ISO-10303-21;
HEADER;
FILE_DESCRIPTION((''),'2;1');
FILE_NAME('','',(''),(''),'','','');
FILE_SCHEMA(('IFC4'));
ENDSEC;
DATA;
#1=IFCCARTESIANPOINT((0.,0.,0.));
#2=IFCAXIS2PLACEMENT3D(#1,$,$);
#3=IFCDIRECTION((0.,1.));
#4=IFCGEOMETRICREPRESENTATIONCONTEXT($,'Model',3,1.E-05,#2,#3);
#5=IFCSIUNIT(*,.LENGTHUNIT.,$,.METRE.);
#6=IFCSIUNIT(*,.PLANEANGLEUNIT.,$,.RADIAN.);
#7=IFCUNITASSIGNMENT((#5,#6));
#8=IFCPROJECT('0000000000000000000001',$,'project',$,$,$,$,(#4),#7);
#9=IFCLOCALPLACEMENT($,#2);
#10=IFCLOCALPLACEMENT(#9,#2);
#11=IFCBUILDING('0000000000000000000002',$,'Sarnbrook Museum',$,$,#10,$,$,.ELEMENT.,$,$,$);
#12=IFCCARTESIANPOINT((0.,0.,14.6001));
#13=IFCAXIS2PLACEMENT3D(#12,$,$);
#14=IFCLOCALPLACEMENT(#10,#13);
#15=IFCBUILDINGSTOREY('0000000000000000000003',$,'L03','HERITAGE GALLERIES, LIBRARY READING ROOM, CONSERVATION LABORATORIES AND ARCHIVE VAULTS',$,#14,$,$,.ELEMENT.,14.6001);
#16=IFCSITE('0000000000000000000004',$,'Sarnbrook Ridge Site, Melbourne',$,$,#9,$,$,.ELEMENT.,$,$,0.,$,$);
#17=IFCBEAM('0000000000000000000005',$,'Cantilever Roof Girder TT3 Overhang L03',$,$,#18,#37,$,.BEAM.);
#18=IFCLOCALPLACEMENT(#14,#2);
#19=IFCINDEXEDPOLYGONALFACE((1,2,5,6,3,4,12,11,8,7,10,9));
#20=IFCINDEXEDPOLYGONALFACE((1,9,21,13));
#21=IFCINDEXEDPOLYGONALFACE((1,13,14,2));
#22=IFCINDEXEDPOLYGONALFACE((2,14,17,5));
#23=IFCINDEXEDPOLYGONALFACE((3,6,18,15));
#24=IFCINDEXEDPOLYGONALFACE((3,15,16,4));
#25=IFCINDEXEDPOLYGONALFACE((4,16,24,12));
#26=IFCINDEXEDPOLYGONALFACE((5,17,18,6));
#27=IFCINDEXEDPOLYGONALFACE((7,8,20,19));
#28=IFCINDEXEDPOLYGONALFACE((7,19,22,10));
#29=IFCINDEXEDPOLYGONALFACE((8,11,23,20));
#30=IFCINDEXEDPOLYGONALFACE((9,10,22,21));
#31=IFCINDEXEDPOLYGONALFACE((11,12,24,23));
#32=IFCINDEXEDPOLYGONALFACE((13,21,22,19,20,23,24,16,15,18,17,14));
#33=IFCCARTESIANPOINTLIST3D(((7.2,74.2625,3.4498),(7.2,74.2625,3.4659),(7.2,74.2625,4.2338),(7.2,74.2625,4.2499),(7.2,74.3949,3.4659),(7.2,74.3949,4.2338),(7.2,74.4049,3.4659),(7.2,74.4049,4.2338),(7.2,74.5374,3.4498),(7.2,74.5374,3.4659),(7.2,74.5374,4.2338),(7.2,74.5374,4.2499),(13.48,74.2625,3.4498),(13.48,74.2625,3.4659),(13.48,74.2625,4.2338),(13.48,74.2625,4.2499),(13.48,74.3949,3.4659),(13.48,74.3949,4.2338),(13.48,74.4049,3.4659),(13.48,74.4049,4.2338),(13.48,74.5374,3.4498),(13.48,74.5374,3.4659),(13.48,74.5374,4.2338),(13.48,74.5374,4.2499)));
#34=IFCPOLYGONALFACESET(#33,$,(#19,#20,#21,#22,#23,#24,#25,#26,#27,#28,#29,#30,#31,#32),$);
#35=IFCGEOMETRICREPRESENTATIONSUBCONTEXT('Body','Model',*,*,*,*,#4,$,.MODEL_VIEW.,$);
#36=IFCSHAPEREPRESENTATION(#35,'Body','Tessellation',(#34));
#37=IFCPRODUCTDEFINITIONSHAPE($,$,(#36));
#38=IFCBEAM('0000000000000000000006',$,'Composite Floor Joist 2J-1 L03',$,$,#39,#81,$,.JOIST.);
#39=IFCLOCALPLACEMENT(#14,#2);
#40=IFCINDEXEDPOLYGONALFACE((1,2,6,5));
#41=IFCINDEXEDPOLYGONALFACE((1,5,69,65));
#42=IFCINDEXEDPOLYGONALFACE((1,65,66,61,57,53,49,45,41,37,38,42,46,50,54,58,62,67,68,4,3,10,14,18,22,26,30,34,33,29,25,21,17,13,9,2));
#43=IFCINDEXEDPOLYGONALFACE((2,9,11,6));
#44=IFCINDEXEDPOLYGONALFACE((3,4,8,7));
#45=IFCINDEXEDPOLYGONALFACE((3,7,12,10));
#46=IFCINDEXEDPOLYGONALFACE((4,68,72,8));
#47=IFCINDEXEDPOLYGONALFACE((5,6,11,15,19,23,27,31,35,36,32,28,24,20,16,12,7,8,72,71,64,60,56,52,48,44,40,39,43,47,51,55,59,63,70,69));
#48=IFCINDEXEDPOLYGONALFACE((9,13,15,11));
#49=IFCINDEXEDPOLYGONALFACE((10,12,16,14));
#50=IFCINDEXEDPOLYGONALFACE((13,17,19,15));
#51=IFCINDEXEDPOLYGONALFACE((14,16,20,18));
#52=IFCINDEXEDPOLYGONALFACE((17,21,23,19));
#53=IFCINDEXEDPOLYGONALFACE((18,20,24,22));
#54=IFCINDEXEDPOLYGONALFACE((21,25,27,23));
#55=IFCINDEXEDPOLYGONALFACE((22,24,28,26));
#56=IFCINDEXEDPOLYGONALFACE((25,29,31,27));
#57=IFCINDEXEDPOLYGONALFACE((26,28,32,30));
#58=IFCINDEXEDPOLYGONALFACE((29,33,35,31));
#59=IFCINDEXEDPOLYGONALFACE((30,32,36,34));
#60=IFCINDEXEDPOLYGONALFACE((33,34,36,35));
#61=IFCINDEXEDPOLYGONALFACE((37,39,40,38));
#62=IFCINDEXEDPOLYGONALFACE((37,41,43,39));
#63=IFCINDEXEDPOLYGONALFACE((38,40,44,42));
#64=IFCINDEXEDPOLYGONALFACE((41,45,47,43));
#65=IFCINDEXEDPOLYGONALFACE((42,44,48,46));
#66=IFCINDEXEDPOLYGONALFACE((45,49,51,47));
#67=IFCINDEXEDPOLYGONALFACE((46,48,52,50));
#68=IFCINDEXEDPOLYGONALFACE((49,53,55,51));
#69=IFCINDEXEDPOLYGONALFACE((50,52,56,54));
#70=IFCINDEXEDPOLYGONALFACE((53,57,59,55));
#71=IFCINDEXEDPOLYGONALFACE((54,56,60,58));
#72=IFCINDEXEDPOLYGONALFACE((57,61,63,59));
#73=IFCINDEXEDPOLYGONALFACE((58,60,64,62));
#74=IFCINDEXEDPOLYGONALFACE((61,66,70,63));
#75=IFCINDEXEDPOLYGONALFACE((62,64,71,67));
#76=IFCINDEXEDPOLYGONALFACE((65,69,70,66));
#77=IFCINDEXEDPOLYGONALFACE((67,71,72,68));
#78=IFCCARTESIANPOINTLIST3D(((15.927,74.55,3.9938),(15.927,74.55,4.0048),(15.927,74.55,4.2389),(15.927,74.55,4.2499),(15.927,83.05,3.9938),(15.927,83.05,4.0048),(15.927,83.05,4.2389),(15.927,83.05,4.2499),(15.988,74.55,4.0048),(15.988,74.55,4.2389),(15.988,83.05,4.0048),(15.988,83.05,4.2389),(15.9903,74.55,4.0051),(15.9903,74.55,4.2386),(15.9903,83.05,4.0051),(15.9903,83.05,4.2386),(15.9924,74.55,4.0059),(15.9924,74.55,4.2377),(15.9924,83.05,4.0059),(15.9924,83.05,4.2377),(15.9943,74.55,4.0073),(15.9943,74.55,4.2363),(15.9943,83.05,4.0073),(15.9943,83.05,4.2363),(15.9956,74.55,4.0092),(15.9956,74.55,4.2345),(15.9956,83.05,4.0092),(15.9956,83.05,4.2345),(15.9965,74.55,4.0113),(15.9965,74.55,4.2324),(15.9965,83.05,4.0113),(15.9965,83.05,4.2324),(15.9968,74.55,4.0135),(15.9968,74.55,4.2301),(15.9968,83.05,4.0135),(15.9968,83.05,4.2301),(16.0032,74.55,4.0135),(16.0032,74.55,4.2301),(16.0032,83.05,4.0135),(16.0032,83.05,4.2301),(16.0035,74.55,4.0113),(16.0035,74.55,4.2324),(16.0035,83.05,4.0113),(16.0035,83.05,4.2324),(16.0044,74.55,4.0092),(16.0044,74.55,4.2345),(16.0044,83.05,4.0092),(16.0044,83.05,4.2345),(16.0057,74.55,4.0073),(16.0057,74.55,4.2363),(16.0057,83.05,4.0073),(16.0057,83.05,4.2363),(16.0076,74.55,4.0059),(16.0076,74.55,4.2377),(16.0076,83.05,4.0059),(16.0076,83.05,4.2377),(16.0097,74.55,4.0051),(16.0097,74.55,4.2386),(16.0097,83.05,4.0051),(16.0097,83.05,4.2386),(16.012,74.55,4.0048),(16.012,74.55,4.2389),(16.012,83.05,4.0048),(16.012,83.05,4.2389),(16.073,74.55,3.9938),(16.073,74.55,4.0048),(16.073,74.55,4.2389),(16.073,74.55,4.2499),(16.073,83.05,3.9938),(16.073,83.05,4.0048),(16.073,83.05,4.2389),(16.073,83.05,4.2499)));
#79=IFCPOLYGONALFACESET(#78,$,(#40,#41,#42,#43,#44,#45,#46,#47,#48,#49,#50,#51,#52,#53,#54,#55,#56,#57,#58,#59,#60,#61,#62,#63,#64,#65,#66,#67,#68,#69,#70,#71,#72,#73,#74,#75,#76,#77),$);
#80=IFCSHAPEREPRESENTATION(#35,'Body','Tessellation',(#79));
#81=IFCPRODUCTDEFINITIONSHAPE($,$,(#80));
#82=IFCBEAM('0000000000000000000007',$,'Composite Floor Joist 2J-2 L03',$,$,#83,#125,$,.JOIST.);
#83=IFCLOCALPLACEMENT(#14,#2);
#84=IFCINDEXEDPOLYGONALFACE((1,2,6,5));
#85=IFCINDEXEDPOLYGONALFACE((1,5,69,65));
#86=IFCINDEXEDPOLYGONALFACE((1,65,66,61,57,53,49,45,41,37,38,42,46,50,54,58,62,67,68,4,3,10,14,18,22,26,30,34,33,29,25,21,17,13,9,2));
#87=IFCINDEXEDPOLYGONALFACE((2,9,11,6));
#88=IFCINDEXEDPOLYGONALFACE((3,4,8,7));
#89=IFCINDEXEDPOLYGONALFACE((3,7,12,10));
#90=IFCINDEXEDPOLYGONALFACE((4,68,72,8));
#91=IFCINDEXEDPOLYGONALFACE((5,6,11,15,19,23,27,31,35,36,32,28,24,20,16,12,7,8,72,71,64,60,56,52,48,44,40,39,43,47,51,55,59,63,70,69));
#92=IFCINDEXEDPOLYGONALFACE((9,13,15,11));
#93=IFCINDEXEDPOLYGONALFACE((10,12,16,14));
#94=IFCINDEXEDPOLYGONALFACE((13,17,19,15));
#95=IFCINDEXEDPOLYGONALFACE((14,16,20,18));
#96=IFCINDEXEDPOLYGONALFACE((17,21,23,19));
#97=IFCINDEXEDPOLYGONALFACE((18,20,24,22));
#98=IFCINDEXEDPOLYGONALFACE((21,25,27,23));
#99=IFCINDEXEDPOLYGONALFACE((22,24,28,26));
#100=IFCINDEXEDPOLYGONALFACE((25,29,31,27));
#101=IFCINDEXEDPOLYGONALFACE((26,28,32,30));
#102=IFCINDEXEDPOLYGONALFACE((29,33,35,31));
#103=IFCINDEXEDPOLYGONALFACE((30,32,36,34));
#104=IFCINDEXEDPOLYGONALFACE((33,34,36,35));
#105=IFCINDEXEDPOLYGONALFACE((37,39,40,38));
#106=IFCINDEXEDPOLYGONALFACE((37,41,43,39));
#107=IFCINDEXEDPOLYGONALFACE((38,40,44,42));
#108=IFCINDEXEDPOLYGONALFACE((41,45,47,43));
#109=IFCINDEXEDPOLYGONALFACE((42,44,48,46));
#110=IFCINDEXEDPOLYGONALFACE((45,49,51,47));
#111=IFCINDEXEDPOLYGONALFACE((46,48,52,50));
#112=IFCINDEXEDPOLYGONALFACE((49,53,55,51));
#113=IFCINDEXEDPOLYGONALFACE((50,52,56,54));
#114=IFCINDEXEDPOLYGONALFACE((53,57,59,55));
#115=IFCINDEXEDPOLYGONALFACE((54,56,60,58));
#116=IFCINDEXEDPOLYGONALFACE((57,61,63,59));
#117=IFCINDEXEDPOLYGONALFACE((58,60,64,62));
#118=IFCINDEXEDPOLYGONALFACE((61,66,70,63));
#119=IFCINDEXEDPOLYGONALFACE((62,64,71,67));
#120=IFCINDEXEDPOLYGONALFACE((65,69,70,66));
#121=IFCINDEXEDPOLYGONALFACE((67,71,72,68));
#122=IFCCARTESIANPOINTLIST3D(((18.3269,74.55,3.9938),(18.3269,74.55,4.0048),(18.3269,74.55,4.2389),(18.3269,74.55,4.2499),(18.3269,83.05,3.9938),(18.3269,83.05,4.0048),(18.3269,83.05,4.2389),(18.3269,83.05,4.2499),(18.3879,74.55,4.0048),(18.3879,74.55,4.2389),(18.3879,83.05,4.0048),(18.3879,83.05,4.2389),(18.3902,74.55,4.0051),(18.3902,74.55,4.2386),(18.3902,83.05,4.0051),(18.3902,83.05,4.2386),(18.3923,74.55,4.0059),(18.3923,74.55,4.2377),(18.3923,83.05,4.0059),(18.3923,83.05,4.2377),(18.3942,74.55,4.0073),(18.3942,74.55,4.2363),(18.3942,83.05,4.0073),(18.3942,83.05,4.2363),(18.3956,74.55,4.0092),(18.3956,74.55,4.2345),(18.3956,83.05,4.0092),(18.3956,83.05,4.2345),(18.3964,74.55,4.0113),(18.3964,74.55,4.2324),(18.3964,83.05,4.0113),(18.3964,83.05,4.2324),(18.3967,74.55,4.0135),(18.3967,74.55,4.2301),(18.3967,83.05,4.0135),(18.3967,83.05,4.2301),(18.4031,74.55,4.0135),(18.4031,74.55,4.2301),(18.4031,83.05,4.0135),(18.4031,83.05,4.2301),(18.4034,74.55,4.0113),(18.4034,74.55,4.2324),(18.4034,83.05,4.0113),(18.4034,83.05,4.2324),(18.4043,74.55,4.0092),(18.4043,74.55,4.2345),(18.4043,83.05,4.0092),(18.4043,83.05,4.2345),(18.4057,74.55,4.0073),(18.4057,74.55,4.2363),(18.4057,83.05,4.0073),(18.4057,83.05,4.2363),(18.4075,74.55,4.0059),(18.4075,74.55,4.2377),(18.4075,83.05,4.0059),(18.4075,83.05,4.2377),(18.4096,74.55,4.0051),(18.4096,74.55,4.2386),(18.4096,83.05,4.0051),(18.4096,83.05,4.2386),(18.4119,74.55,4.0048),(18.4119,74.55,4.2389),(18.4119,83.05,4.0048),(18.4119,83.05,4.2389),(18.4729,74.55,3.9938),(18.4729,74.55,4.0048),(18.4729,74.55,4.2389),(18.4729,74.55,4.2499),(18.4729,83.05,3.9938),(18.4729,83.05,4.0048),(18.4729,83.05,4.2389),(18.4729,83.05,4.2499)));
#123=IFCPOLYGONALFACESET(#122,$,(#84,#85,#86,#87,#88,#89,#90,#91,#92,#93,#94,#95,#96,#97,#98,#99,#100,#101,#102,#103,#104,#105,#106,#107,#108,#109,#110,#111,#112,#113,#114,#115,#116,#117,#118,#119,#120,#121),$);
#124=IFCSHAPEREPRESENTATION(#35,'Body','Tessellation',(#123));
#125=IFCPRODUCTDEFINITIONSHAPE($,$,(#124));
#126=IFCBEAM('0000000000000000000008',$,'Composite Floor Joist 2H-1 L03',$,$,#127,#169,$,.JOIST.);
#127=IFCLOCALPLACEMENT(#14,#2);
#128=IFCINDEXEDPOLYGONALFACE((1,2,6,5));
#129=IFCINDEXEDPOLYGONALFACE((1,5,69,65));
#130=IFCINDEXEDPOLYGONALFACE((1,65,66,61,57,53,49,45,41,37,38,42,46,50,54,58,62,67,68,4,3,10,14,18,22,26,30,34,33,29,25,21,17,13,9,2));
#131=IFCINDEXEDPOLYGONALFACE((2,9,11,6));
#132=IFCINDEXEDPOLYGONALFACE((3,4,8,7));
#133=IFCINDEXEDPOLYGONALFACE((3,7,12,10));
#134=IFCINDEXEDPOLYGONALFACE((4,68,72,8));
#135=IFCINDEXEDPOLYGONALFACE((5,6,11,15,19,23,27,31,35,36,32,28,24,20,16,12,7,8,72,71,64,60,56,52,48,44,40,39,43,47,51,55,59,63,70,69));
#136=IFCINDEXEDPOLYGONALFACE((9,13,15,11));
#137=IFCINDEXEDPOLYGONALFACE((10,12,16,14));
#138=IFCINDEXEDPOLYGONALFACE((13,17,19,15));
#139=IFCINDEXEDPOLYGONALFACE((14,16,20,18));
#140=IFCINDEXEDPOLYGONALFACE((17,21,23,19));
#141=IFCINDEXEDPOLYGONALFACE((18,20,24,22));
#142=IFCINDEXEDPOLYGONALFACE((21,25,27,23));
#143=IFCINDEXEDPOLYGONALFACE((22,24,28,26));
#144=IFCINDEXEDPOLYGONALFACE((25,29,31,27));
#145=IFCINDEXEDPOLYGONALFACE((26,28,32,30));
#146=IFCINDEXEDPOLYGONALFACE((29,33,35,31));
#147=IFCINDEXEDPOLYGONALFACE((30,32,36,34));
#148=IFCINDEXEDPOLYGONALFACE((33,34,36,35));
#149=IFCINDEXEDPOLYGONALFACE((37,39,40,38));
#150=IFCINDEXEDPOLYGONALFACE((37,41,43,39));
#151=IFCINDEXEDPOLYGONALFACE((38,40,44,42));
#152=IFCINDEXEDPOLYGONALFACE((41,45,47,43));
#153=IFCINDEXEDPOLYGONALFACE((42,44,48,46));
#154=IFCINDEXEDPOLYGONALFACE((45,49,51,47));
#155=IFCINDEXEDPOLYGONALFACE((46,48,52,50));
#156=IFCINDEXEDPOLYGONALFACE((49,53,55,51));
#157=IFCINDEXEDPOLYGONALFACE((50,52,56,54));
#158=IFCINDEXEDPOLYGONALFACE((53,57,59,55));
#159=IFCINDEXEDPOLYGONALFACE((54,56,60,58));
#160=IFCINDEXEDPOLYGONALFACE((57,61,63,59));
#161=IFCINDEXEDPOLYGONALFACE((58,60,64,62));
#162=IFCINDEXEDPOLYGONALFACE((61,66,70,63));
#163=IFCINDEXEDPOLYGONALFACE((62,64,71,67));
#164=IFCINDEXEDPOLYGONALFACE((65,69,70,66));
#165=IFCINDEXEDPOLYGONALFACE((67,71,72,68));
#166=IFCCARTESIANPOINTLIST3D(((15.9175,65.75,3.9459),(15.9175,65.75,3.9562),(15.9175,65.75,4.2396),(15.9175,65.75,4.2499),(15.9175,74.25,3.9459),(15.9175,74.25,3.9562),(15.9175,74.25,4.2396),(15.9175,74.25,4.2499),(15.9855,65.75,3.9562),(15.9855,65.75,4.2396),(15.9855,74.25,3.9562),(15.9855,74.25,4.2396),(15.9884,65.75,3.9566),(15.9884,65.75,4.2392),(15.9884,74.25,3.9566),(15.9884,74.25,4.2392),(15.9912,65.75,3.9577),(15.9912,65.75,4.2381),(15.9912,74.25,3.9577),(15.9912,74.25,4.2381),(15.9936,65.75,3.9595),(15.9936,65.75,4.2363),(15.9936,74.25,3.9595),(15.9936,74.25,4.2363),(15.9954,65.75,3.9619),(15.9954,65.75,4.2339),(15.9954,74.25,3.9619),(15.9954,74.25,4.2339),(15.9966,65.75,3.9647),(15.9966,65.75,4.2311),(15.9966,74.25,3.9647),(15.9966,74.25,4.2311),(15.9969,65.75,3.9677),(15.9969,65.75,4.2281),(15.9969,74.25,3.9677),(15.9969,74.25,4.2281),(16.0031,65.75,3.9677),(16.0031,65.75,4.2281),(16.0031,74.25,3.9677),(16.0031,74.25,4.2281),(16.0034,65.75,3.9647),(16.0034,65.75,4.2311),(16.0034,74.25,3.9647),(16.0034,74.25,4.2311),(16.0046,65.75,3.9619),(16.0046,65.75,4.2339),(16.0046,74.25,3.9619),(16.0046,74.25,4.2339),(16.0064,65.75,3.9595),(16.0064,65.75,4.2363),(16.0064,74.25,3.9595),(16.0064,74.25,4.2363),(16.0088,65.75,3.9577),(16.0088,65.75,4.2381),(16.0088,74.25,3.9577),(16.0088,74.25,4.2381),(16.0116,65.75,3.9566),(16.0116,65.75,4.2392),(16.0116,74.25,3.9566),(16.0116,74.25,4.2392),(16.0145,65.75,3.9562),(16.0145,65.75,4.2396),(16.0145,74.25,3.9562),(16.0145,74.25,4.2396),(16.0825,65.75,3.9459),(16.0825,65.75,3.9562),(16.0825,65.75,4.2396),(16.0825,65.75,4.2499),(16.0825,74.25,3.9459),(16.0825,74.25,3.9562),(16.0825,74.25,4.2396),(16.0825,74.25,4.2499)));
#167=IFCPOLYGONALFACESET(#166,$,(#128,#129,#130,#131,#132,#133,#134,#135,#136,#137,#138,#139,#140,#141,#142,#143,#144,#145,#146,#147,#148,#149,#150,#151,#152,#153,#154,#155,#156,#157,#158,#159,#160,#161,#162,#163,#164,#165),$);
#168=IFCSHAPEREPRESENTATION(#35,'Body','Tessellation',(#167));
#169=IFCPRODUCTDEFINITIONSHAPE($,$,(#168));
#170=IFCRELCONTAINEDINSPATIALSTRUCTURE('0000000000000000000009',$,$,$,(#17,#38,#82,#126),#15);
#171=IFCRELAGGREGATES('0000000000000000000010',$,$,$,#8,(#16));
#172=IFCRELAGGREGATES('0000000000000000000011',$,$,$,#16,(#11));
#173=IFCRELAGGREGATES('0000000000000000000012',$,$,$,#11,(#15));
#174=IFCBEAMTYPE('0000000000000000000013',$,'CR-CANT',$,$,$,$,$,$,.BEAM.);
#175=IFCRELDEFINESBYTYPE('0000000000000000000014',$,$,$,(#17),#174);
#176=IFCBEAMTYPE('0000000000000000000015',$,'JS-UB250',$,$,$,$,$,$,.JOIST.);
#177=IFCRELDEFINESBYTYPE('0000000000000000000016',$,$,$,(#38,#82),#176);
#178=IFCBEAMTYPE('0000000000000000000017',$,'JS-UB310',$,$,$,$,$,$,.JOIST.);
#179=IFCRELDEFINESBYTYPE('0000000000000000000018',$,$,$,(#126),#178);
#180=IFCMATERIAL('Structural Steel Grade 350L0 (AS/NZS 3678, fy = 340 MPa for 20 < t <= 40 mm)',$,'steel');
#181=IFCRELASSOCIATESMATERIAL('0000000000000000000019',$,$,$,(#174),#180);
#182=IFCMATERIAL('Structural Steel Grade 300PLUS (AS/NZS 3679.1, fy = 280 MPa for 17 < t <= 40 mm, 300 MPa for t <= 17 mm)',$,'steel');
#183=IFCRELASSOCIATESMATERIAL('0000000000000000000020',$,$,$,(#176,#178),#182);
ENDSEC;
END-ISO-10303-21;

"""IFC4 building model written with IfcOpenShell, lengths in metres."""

from ifc_helpers import new_model, si_unit, direction, frame, origin, origin_2d, place, context, subcontext, project, spatial, i_section, extrude, material, material_profile, profile_set, type_object, element, save


model = new_model("IFC4")

# Units and contexts
model_context = context("Model", 3, precision=1e-05, world=origin(), true_north=direction((0.0, 1.0)))
body_context = subcontext(model_context, "Body", "Model", "MODEL_VIEW")
ifc_project = project(units=[si_unit("LENGTHUNIT", "METRE"), si_unit("PLANEANGLEUNIT", "RADIAN")], contexts=[model_context])

# Site, building, storey
site_placement = place(None, origin())
site = spatial("IfcSite", under=ifc_project, at=site_placement, Name="Sarnbrook Ridge Site, Melbourne", CompositionType="ELEMENT", RefElevation=0.0)
building_placement = place(site_placement, origin())
building = spatial("IfcBuilding", under=site, at=building_placement, Name="Sarnbrook Museum", CompositionType="ELEMENT")
storey_placement = place(building_placement, frame((0.0, 0.0, 14.6001)))
storey = spatial("IfcBuildingStorey", under=building, at=storey_placement, Name="L03", Description="HERITAGE GALLERIES, LIBRARY READING ROOM, CONSERVATION LABORATORIES AND ARCHIVE VAULTS", CompositionType="ELEMENT", Elevation=14.6001)

# Shared definitions
ifc_material_1 = material(Name="Structural Steel Grade 300PLUS (AS/NZS 3679.1, fy = 280 MPa for 17 < t <= 40 mm, 300 MPa for t <= 17 mm)", Category="steel")

# Beams
ifc_material_2 = material(Name="Structural Steel Grade 350L0 (AS/NZS 3678, fy = 340 MPa for 20 < t <= 40 mm)", Category="steel")
ifc_material_profile_1 = material_profile(ifc_material_2, i_section(OverallWidth=0.2749, OverallDepth=0.8, WebThickness=0.01, FlangeThickness=0.0161, at=origin_2d()), Name="800WB146")
ifc_profile_set_1 = profile_set([ifc_material_profile_1], Name="Structural Steel Grade 350L0 (AS/NZS 3678, fy = 340 MPa for 20 < t <= 40 mm)")
beam_type_1 = type_object("IfcBeamType", Name="CR-CANT", PredefinedType="BEAM", material=ifc_profile_set_1)
beam_1_placement = place(storey_placement, frame((13.48, 74.3999, 3.8499), z_axis=(-1.0, 0.0, 0.0), x_axis=(0.0, -1.0, 0.0)))
element("IfcBeam", 1, at=beam_1_placement, inside=storey, type_object=beam_type_1, Name="Cantilever Roof Girder TT3 Overhang L03", PredefinedType="BEAM", context=body_context, shape_type="SweptSolid", body=[
    extrude(i_section(OverallWidth=0.2749, OverallDepth=0.8, WebThickness=0.01, FlangeThickness=0.0161, at=origin_2d()), origin(), (0.0, 0.0, 1.0), 6.28),
])
ifc_material_profile_2 = material_profile(ifc_material_1, i_section(OverallWidth=0.146, OverallDepth=0.2561, WebThickness=0.0063, FlangeThickness=0.011, FilletRadius=0.0088, at=origin_2d()), Name="250UB37.3")
ifc_profile_set_2 = profile_set([ifc_material_profile_2], Name="Structural Steel Grade 300PLUS (AS/NZS 3679.1, fy = 280 MPa for 17 < t <= 40 mm, 300 MPa for t <= 17 mm)")
beam_type_2 = type_object("IfcBeamType", Name="JS-UB250", PredefinedType="JOIST", material=ifc_profile_set_2)
for number, where, z_axis, x_axis, name in (
    (2, (16.0, 74.55, 4.1218), (0.0, 1.0, 0.0), (-1.0, 0.0, 0.0), "Composite Floor Joist 2J-1 L03"),
    (3, (18.3999, 74.55, 4.1218), (0.0, 1.0, 0.0), (-1.0, 0.0, 0.0), "Composite Floor Joist 2J-2 L03"),
):
    element("IfcBeam", number, at=place(storey_placement, frame(where, z_axis=z_axis, x_axis=x_axis)), inside=storey, type_object=beam_type_2, Name=name, PredefinedType="JOIST", context=body_context, shape_type="SweptSolid", body=[
        extrude(i_section(OverallWidth=0.146, OverallDepth=0.2561, WebThickness=0.0063, FlangeThickness=0.011, FilletRadius=0.0088, at=origin_2d()), origin(), (0.0, 0.0, 1.0), 8.5),
    ])
ifc_material_profile_3 = material_profile(ifc_material_1, i_section(OverallWidth=0.165, OverallDepth=0.304, WebThickness=0.0061, FlangeThickness=0.0103, FilletRadius=0.0115, at=origin_2d()), Name="310UB40.4")
ifc_profile_set_3 = profile_set([ifc_material_profile_3], Name="Structural Steel Grade 300PLUS (AS/NZS 3679.1, fy = 280 MPa for 17 < t <= 40 mm, 300 MPa for t <= 17 mm)")
beam_type_3 = type_object("IfcBeamType", Name="JS-UB310", PredefinedType="JOIST", material=ifc_profile_set_3)
for number, where, z_axis, x_axis, name in (
    (4, (16.0, 65.75, 4.0979), (0.0, 1.0, 0.0), (-1.0, 0.0, 0.0), "Composite Floor Joist 2H-1 L03"),
):
    element("IfcBeam", number, at=place(storey_placement, frame(where, z_axis=z_axis, x_axis=x_axis)), inside=storey, type_object=beam_type_3, Name=name, PredefinedType="JOIST", context=body_context, shape_type="SweptSolid", body=[
        extrude(i_section(OverallWidth=0.165, OverallDepth=0.304, WebThickness=0.0061, FlangeThickness=0.0103, FilletRadius=0.0115, at=origin_2d()), origin(), (0.0, 0.0, 1.0), 8.5),
    ])

save(model, "model.ifc")
